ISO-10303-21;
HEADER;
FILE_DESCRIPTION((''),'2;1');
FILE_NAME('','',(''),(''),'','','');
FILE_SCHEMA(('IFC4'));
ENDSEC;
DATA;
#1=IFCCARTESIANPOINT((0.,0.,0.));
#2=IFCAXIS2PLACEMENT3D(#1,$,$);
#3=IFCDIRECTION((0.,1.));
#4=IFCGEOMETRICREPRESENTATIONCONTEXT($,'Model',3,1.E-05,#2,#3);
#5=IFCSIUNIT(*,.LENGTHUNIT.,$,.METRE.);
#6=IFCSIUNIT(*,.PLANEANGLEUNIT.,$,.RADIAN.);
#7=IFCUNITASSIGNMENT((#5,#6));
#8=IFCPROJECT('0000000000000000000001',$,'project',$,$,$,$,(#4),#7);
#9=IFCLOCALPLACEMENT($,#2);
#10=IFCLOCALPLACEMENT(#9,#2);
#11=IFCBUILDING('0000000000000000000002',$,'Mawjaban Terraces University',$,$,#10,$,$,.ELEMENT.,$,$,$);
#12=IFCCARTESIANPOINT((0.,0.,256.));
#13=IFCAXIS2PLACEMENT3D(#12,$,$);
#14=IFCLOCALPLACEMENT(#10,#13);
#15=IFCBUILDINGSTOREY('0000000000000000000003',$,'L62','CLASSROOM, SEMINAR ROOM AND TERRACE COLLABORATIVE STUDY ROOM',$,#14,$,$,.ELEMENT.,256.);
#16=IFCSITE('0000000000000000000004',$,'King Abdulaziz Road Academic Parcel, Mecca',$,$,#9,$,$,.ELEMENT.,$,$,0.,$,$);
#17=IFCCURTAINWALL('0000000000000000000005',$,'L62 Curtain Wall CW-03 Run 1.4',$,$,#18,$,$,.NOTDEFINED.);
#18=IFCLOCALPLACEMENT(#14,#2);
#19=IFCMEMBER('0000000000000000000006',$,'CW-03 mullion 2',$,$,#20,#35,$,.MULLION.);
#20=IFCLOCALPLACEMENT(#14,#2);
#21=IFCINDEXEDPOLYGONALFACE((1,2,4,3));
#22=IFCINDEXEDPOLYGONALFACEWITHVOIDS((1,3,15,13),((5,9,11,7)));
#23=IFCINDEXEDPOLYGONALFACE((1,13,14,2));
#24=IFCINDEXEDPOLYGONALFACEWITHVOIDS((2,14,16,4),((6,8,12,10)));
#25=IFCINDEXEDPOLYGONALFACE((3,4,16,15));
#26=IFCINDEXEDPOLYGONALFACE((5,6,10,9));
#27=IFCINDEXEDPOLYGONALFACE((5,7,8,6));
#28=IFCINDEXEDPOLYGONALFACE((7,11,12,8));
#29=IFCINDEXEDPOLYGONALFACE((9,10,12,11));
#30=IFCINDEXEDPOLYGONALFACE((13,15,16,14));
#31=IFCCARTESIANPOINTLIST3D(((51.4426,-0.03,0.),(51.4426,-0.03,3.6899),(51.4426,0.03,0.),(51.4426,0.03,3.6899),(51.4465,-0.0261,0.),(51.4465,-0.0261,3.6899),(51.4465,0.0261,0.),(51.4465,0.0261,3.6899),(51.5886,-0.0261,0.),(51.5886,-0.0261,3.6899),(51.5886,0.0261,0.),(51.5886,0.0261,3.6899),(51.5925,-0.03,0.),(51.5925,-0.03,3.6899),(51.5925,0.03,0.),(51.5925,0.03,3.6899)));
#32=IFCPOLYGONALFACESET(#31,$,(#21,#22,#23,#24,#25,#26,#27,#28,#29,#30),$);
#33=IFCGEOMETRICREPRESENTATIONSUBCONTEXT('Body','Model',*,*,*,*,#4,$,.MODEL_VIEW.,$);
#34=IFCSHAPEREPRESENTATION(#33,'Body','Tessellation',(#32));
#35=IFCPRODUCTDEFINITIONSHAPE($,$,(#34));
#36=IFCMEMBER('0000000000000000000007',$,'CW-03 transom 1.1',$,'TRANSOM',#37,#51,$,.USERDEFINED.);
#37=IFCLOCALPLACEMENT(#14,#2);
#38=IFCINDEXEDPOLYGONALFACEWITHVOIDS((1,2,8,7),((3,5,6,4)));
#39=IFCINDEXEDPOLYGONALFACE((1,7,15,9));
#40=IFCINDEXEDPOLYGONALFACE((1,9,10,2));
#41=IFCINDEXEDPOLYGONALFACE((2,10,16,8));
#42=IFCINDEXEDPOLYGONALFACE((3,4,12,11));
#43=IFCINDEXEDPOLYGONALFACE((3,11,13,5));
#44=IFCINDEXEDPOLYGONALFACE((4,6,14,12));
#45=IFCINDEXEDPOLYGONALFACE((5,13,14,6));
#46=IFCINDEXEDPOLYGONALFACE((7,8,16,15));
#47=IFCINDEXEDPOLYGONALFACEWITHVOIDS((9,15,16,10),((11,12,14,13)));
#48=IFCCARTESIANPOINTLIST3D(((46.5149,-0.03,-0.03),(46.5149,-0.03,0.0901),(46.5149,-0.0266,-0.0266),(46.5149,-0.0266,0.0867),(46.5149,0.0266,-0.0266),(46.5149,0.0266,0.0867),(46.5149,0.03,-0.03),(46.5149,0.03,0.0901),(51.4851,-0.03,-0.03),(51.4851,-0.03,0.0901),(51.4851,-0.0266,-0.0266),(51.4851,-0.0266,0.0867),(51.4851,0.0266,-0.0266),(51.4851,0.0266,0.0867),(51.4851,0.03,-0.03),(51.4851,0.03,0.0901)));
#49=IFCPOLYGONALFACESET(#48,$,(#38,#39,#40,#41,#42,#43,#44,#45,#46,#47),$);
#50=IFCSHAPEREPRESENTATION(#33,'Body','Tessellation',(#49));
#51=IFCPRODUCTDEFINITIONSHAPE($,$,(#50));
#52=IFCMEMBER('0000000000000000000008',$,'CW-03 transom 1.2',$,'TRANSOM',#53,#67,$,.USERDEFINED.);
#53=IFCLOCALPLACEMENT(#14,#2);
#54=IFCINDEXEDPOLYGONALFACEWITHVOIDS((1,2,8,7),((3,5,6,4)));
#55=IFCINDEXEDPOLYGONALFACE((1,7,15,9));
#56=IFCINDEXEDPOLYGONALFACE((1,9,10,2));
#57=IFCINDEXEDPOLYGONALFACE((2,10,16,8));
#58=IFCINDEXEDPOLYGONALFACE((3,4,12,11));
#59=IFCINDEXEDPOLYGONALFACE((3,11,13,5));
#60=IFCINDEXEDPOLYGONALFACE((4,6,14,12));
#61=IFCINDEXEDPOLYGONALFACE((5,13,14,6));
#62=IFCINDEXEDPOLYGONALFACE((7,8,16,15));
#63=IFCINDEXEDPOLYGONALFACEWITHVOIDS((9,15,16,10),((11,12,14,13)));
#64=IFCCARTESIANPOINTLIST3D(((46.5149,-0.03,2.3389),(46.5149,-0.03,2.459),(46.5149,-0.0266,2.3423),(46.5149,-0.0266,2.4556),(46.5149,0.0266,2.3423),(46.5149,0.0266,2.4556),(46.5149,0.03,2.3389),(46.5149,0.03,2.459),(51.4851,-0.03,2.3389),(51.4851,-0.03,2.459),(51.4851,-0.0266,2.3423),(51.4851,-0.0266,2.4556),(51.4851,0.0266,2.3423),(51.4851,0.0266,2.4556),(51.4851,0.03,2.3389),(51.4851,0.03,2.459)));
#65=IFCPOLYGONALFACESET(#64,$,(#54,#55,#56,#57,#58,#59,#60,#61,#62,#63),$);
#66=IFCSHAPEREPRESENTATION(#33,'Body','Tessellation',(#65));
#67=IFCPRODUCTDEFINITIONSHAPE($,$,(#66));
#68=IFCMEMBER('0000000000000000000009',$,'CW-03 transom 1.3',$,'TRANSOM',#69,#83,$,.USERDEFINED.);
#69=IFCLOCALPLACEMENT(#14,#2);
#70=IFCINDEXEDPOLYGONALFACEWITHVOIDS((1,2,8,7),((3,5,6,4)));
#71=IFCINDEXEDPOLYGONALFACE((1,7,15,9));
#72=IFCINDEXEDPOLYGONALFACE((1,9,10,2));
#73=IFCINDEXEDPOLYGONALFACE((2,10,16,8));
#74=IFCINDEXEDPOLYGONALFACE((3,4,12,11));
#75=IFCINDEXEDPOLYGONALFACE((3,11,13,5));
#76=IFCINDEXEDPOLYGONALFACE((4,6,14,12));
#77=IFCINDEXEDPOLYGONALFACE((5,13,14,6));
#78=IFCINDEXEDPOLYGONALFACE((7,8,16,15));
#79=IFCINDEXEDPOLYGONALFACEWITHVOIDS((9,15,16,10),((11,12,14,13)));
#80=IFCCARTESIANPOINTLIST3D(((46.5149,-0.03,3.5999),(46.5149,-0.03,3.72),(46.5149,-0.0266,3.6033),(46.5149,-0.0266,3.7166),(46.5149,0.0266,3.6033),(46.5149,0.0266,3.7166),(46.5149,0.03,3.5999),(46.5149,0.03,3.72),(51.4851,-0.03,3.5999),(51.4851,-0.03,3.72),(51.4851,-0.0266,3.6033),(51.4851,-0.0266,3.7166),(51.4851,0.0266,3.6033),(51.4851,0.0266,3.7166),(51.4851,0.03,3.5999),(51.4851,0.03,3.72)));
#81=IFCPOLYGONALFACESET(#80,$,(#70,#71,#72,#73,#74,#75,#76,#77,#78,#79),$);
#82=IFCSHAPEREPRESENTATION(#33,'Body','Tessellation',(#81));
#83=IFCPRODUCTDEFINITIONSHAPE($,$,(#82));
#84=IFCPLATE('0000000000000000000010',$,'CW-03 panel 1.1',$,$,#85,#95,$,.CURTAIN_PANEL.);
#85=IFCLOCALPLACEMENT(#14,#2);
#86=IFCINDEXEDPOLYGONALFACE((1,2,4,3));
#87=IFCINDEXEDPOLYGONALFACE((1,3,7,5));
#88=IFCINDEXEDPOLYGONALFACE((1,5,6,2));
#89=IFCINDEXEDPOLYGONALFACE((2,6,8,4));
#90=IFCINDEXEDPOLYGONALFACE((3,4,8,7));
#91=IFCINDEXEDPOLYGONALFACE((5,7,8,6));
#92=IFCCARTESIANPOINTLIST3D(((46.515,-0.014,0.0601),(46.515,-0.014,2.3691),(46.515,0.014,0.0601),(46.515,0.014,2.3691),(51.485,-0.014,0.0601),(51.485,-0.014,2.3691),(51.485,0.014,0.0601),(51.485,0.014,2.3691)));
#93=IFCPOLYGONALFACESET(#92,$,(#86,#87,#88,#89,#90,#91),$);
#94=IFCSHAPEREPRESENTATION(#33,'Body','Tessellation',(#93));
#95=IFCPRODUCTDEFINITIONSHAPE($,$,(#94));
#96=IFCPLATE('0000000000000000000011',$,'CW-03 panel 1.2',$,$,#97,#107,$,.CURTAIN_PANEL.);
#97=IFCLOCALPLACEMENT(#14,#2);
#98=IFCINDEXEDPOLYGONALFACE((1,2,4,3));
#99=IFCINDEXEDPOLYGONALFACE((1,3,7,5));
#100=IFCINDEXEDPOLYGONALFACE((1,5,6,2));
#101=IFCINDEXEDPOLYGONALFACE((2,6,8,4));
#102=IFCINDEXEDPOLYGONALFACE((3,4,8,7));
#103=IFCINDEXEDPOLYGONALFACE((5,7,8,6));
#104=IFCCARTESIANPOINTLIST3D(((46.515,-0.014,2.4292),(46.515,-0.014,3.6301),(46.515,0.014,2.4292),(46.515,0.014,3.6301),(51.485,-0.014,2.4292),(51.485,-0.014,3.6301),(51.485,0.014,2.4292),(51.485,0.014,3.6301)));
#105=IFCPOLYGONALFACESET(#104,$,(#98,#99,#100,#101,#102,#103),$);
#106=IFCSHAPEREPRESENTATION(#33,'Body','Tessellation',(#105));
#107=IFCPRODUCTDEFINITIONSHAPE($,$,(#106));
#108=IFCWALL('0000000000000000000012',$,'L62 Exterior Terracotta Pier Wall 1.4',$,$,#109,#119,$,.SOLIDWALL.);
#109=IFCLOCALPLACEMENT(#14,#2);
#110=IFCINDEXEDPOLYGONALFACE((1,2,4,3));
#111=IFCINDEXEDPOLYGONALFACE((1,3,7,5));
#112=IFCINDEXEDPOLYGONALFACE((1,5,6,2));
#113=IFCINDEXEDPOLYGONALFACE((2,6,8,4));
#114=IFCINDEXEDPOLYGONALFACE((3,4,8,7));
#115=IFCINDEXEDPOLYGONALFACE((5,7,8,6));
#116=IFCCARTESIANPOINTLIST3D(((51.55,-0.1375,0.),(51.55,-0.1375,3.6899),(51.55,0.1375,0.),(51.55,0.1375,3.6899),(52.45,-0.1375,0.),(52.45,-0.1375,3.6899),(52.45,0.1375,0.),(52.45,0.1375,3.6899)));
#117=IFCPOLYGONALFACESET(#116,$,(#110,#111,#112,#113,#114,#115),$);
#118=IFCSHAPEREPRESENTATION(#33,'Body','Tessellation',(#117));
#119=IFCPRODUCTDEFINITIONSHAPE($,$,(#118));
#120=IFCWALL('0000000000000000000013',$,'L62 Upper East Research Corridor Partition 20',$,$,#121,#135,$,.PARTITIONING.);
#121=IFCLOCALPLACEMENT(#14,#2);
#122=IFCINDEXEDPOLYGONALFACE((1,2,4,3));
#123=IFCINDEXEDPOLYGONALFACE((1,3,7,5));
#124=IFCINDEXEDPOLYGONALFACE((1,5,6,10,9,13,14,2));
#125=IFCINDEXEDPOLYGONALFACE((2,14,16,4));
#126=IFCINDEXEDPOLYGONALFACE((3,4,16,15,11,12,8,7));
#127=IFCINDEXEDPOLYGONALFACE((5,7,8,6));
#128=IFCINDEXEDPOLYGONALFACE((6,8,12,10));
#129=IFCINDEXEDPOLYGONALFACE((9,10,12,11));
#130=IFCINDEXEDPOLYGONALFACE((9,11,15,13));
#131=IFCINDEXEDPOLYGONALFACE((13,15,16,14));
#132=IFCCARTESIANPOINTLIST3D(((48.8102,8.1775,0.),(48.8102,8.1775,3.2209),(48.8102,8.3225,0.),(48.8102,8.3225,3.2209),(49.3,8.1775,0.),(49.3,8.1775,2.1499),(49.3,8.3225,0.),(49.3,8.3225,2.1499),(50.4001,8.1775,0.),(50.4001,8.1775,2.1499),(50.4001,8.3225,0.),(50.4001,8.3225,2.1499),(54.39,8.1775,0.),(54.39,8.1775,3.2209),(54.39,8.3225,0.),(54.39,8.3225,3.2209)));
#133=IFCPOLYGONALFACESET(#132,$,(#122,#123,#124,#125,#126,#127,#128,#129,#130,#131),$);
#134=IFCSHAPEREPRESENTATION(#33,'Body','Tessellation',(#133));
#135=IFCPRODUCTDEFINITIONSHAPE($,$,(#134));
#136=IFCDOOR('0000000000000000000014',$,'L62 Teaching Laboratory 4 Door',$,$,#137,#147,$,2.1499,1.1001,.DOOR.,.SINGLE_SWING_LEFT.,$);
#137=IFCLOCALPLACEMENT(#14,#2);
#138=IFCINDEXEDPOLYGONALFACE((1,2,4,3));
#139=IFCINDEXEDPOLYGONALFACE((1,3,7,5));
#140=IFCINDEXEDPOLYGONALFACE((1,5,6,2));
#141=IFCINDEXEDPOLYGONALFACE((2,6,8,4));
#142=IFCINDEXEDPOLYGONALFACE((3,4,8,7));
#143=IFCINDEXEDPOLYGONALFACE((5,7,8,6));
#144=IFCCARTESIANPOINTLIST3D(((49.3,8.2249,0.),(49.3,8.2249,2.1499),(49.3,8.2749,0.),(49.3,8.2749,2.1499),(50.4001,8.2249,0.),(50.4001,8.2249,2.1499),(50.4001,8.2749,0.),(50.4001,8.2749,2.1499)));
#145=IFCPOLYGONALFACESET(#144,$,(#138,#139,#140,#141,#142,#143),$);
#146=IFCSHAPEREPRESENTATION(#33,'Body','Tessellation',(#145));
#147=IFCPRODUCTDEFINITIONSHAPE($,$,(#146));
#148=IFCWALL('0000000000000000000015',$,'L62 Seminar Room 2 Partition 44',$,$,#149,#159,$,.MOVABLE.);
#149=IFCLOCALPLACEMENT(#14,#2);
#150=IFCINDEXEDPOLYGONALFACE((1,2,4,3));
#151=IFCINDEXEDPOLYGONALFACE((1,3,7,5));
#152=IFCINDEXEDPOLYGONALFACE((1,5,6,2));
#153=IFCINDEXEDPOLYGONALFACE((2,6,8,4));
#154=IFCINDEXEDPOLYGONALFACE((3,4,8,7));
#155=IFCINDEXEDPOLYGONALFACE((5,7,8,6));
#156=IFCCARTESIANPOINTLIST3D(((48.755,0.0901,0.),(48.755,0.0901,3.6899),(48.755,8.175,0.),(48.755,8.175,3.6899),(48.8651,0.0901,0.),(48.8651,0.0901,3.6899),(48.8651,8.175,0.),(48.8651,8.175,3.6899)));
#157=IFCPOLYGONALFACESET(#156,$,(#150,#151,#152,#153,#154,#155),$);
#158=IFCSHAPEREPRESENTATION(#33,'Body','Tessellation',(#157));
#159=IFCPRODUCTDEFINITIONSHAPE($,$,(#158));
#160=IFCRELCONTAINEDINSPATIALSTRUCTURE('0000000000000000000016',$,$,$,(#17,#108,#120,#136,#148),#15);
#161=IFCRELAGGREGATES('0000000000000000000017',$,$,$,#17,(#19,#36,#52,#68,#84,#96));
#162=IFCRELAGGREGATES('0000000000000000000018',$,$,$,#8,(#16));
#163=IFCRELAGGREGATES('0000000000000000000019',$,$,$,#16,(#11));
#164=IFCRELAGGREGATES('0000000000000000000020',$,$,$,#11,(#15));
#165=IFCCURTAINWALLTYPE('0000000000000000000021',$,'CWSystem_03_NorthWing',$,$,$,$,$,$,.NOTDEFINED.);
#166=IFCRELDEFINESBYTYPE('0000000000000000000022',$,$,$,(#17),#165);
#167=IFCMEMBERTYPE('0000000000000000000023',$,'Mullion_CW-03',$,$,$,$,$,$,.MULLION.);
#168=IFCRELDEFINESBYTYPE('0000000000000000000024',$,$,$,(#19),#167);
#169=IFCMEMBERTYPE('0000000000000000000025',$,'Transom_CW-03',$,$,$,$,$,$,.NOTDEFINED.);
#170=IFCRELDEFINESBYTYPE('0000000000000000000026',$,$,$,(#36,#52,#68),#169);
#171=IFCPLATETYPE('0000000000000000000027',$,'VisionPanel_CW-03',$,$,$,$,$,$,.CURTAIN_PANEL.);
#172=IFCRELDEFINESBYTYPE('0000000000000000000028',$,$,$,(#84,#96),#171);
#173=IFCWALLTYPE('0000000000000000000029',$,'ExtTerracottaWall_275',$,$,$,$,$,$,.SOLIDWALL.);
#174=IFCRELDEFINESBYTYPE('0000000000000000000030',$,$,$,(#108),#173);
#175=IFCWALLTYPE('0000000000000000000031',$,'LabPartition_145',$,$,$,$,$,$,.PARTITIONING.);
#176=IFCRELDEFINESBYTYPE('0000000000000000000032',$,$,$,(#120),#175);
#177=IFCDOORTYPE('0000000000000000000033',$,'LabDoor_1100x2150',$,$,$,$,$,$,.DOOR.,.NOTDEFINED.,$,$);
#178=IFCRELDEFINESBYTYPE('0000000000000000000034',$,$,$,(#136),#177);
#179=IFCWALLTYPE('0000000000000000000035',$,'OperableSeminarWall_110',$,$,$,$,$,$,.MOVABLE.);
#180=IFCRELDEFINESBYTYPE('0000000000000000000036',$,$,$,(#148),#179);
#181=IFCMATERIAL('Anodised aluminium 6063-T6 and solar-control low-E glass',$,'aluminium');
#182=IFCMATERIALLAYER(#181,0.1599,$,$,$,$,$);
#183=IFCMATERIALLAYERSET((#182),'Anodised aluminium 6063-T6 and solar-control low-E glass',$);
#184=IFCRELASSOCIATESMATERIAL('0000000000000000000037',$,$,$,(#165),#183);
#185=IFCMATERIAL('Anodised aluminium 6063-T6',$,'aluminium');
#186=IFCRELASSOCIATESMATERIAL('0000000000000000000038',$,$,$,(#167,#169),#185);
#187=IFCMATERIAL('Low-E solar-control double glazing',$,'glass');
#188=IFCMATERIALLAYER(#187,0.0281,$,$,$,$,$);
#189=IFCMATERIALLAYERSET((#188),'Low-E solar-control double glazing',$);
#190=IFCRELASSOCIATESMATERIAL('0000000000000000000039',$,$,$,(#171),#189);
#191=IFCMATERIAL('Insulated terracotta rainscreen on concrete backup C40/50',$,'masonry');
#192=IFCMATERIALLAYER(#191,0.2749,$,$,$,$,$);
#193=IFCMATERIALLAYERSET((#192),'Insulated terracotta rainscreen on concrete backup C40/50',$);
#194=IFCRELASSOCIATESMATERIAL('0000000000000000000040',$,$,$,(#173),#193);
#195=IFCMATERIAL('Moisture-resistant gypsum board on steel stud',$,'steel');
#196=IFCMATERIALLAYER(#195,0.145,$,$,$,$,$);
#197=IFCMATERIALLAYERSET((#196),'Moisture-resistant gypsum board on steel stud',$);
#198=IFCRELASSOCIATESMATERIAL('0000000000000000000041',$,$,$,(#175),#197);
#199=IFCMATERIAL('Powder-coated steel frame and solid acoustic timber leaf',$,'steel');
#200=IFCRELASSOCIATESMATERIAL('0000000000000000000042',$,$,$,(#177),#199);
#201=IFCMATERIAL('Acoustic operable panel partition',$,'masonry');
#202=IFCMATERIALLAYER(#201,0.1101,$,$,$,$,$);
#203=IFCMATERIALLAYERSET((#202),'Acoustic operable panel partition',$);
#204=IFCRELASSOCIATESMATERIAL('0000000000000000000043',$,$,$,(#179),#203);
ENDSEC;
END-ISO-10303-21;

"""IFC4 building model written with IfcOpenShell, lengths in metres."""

from ifc_helpers import new_model, si_unit, direction, frame, frame_2d, origin, origin_2d, place, context, subcontext, project, spatial, rectangle, hollow_rectangle, extrude, material, layer, layer_set, material_profile, profile_set, type_object, element, fill, aggregate, save


model = new_model("IFC4")

# Units and contexts
model_context = context("Model", 3, precision=1e-05, world=origin(), true_north=direction((0.0, 1.0)))
body_context = subcontext(model_context, "Body", "Model", "MODEL_VIEW")
ifc_project = project(units=[si_unit("LENGTHUNIT", "METRE"), si_unit("PLANEANGLEUNIT", "RADIAN")], contexts=[model_context])

# Site, building, storey
site_placement = place(None, origin())
site = spatial("IfcSite", under=ifc_project, at=site_placement, Name="King Abdulaziz Road Academic Parcel, Mecca", CompositionType="ELEMENT", RefElevation=0.0)
building_placement = place(site_placement, origin())
building = spatial("IfcBuilding", under=site, at=building_placement, Name="Mawjaban Terraces University", CompositionType="ELEMENT")
storey_placement = place(building_placement, frame((0.0, 0.0, 256.0)))
storey = spatial("IfcBuildingStorey", under=building, at=storey_placement, Name="L62", Description="CLASSROOM, SEMINAR ROOM AND TERRACE COLLABORATIVE STUDY ROOM", CompositionType="ELEMENT", Elevation=256.0)

# Curtain wall, members, plates
ifc_material_1 = material(Name="Anodised aluminium 6063-T6 and solar-control low-E glass", Category="aluminium")
ifc_layer_1 = layer(ifc_material_1, 0.1599)
ifc_layer_set_1 = layer_set([ifc_layer_1], Name="Anodised aluminium 6063-T6 and solar-control low-E glass")
curtain_wall_type = type_object("IfcCurtainWallType", Name="CWSystem_03_NorthWing", PredefinedType="NOTDEFINED", material=ifc_layer_set_1)
curtain_wall_placement = place(storey_placement, origin())
curtain_wall = element("IfcCurtainWall", 1, at=curtain_wall_placement, inside=storey, type_object=curtain_wall_type, Name="L62 Curtain Wall CW-03 Run 1.4", PredefinedType="NOTDEFINED")
ifc_material_2 = material(Name="Anodised aluminium 6063-T6", Category="aluminium")
ifc_material_profile_1 = material_profile(ifc_material_2, hollow_rectangle(XDim=0.0601, YDim=0.1499, WallThickness=0.0039, at=origin_2d()), Name="ALU150X60X4")
ifc_profile_set_1 = profile_set([ifc_material_profile_1], Name="Anodised aluminium 6063-T6")
member_type_1 = type_object("IfcMemberType", Name="Mullion_CW-03", PredefinedType="MULLION", material=ifc_profile_set_1)
member_1_placement = place(storey_placement, frame((51.5176, 0.0, 0.0), z_axis=(0.0, 0.0, 1.0), x_axis=(0.0, 1.0, 0.0)))
member_1 = element("IfcMember", 2, at=member_1_placement, type_object=member_type_1, Name="CW-03 mullion 2", PredefinedType="MULLION", context=body_context, shape_type="SweptSolid", body=[
    extrude(hollow_rectangle(XDim=0.0601, YDim=0.1499, WallThickness=0.0039, at=origin_2d()), origin(), (0.0, 0.0, 1.0), 3.6899),
])
ifc_material_profile_2 = material_profile(ifc_material_2, hollow_rectangle(XDim=0.0601, YDim=0.1201, WallThickness=0.0034, at=origin_2d()), Name="ALU120X60X3.5")
ifc_profile_set_2 = profile_set([ifc_material_profile_2], Name="Anodised aluminium 6063-T6")
member_type_2 = type_object("IfcMemberType", Name="Transom_CW-03", PredefinedType="NOTDEFINED", material=ifc_profile_set_2)
member_2_placement = place(storey_placement, frame((46.5149, 0.0, 0.03), z_axis=(1.0, 0.0, 0.0), x_axis=(0.0, 1.0, 0.0)))
member_2 = element("IfcMember", 3, at=member_2_placement, type_object=member_type_2, Name="CW-03 transom 1.1", ObjectType="TRANSOM", PredefinedType="USERDEFINED", context=body_context, shape_type="SweptSolid", body=[
    extrude(hollow_rectangle(XDim=0.0601, YDim=0.1201, WallThickness=0.0034, at=origin_2d()), origin(), (0.0, 0.0, 1.0), 4.9702),
])
member_3_placement = place(storey_placement, frame((46.5149, 0.0, 2.3989), z_axis=(1.0, 0.0, 0.0), x_axis=(0.0, 1.0, 0.0)))
member_3 = element("IfcMember", 4, at=member_3_placement, type_object=member_type_2, Name="CW-03 transom 1.2", ObjectType="TRANSOM", PredefinedType="USERDEFINED", context=body_context, shape_type="SweptSolid", body=[
    extrude(hollow_rectangle(XDim=0.0601, YDim=0.1201, WallThickness=0.0034, at=origin_2d()), origin(), (0.0, 0.0, 1.0), 4.9702),
])
member_4_placement = place(storey_placement, frame((46.5149, 0.0, 3.6599), z_axis=(1.0, 0.0, 0.0), x_axis=(0.0, 1.0, 0.0)))
member_4 = element("IfcMember", 5, at=member_4_placement, type_object=member_type_2, Name="CW-03 transom 1.3", ObjectType="TRANSOM", PredefinedType="USERDEFINED", context=body_context, shape_type="SweptSolid", body=[
    extrude(hollow_rectangle(XDim=0.0601, YDim=0.1201, WallThickness=0.0034, at=origin_2d()), origin(), (0.0, 0.0, 1.0), 4.9702),
])
ifc_material_3 = material(Name="Low-E solar-control double glazing", Category="glass")
ifc_layer_2 = layer(ifc_material_3, 0.0281)
ifc_layer_set_2 = layer_set([ifc_layer_2], Name="Low-E solar-control double glazing")
plate_type = type_object("IfcPlateType", Name="VisionPanel_CW-03", PredefinedType="CURTAIN_PANEL", material=ifc_layer_set_2)
plate_1_placement = place(storey_placement, frame((49.0, 0.0, 0.0601), z_axis=(0.0, 0.0, 1.0), x_axis=(1.0, 0.0, 0.0)))
plate_1 = element("IfcPlate", 6, at=plate_1_placement, type_object=plate_type, Name="CW-03 panel 1.1", PredefinedType="CURTAIN_PANEL", context=body_context, shape_type="SweptSolid", body=[
    extrude(rectangle(XDim=4.97, YDim=0.0281, at=origin_2d()), origin(), (0.0, 0.0, 1.0), 2.3091),
])
plate_2_placement = place(storey_placement, frame((49.0, 0.0, 2.4292), z_axis=(0.0, 0.0, 1.0), x_axis=(1.0, 0.0, 0.0)))
plate_2 = element("IfcPlate", 7, at=plate_2_placement, type_object=plate_type, Name="CW-03 panel 1.2", PredefinedType="CURTAIN_PANEL", context=body_context, shape_type="SweptSolid", body=[
    extrude(rectangle(XDim=4.97, YDim=0.0281, at=origin_2d()), origin(), (0.0, 0.0, 1.0), 1.2009),
])
aggregate(curtain_wall, [member_1, member_2, member_3, member_4, plate_1, plate_2])

# Wall
ifc_material_4 = material(Name="Insulated terracotta rainscreen on concrete backup C40/50", Category="masonry")
ifc_layer_3 = layer(ifc_material_4, 0.2749)
ifc_layer_set_3 = layer_set([ifc_layer_3], Name="Insulated terracotta rainscreen on concrete backup C40/50")
wall_type_1 = type_object("IfcWallType", Name="ExtTerracottaWall_275", PredefinedType="SOLIDWALL", material=ifc_layer_set_3)
wall_1_placement = place(storey_placement, frame((51.55, 0.0, 0.0), z_axis=(0.0, 0.0, 1.0), x_axis=(1.0, 0.0, 0.0)))
element("IfcWall", 8, at=wall_1_placement, inside=storey, type_object=wall_type_1, Name="L62 Exterior Terracotta Pier Wall 1.4", PredefinedType="SOLIDWALL", context=body_context, shape_type="SweptSolid", body=[
    extrude(rectangle(XDim=0.8999, YDim=0.2749, at=frame_2d((0.45, 0.0))), origin(), (0.0, 0.0, 1.0), 3.6899),
])

# Wall, opening, door
ifc_material_5 = material(Name="Moisture-resistant gypsum board on steel stud", Category="steel")
ifc_layer_4 = layer(ifc_material_5, 0.145)
ifc_layer_set_4 = layer_set([ifc_layer_4], Name="Moisture-resistant gypsum board on steel stud")
wall_type_2 = type_object("IfcWallType", Name="LabPartition_145", PredefinedType="PARTITIONING", material=ifc_layer_set_4)
wall_2_placement = place(storey_placement, frame((48.8101, 8.25, 0.0), z_axis=(0.0, 0.0, 1.0), x_axis=(1.0, 0.0, 0.0)))
wall_2 = element("IfcWall", 9, at=wall_2_placement, inside=storey, type_object=wall_type_2, Name="L62 Upper East Research Corridor Partition 20", PredefinedType="PARTITIONING", context=body_context, shape_type="SweptSolid", body=[
    extrude(rectangle(XDim=5.5798, YDim=0.145, at=frame_2d((2.79, 0.0))), origin(), (0.0, 0.0, 1.0), 3.2209),
])
opening_placement = place(wall_2_placement, frame((0.49, 0.0, 0.0)))
opening = element("IfcOpeningElement", 10, at=opening_placement, cuts=wall_2, PredefinedType="OPENING", context=body_context, shape_type="SweptSolid", body=[
    extrude(rectangle(XDim=1.1001, YDim=2.1499, at=frame_2d((0.55, 1.075))), frame((0.0, 0.0825, 0.0), z_axis=(0.0, -1.0, 0.0), x_axis=(1.0, 0.0, 0.0)), (0.0, 0.0, 1.0), 0.165),
])
ifc_material_6 = material(Name="Powder-coated steel frame and solid acoustic timber leaf", Category="steel")
door_type = type_object("IfcDoorType", Name="LabDoor_1100x2150", OperationType="NOTDEFINED", PredefinedType="DOOR", material=ifc_material_6)
door_placement = place(opening_placement, origin())
door = element("IfcDoor", 11, at=door_placement, inside=storey, type_object=door_type, Name="L62 Teaching Laboratory 4 Door", OperationType="SINGLE_SWING_LEFT", OverallHeight=2.1499, OverallWidth=1.1001, PredefinedType="DOOR", context=body_context, shape_type="SweptSolid", body=[
    extrude(rectangle(XDim=1.1001, YDim=2.1499, at=frame_2d((0.55, 1.075))), frame((0.0, 0.0249, 0.0), z_axis=(0.0, -1.0, 0.0), x_axis=(1.0, 0.0, 0.0)), (0.0, 0.0, 1.0), 0.05),
])
fill(opening, door)

# Wall
ifc_material_7 = material(Name="Acoustic operable panel partition", Category="masonry")
ifc_layer_5 = layer(ifc_material_7, 0.1101)
ifc_layer_set_5 = layer_set([ifc_layer_5], Name="Acoustic operable panel partition")
wall_type_3 = type_object("IfcWallType", Name="OperableSeminarWall_110", PredefinedType="MOVABLE", material=ifc_layer_set_5)
wall_3_placement = place(storey_placement, frame((48.8101, 0.0901, 0.0), z_axis=(0.0, 0.0, 1.0), x_axis=(0.0, 1.0, 0.0)))
element("IfcWall", 12, at=wall_3_placement, inside=storey, type_object=wall_type_3, Name="L62 Seminar Room 2 Partition 44", PredefinedType="MOVABLE", context=body_context, shape_type="SweptSolid", body=[
    extrude(rectangle(XDim=8.085, YDim=0.1101, at=frame_2d((4.0425, 0.0))), origin(), (0.0, 0.0, 1.0), 3.6899),
])

save(model, "model.ifc")
